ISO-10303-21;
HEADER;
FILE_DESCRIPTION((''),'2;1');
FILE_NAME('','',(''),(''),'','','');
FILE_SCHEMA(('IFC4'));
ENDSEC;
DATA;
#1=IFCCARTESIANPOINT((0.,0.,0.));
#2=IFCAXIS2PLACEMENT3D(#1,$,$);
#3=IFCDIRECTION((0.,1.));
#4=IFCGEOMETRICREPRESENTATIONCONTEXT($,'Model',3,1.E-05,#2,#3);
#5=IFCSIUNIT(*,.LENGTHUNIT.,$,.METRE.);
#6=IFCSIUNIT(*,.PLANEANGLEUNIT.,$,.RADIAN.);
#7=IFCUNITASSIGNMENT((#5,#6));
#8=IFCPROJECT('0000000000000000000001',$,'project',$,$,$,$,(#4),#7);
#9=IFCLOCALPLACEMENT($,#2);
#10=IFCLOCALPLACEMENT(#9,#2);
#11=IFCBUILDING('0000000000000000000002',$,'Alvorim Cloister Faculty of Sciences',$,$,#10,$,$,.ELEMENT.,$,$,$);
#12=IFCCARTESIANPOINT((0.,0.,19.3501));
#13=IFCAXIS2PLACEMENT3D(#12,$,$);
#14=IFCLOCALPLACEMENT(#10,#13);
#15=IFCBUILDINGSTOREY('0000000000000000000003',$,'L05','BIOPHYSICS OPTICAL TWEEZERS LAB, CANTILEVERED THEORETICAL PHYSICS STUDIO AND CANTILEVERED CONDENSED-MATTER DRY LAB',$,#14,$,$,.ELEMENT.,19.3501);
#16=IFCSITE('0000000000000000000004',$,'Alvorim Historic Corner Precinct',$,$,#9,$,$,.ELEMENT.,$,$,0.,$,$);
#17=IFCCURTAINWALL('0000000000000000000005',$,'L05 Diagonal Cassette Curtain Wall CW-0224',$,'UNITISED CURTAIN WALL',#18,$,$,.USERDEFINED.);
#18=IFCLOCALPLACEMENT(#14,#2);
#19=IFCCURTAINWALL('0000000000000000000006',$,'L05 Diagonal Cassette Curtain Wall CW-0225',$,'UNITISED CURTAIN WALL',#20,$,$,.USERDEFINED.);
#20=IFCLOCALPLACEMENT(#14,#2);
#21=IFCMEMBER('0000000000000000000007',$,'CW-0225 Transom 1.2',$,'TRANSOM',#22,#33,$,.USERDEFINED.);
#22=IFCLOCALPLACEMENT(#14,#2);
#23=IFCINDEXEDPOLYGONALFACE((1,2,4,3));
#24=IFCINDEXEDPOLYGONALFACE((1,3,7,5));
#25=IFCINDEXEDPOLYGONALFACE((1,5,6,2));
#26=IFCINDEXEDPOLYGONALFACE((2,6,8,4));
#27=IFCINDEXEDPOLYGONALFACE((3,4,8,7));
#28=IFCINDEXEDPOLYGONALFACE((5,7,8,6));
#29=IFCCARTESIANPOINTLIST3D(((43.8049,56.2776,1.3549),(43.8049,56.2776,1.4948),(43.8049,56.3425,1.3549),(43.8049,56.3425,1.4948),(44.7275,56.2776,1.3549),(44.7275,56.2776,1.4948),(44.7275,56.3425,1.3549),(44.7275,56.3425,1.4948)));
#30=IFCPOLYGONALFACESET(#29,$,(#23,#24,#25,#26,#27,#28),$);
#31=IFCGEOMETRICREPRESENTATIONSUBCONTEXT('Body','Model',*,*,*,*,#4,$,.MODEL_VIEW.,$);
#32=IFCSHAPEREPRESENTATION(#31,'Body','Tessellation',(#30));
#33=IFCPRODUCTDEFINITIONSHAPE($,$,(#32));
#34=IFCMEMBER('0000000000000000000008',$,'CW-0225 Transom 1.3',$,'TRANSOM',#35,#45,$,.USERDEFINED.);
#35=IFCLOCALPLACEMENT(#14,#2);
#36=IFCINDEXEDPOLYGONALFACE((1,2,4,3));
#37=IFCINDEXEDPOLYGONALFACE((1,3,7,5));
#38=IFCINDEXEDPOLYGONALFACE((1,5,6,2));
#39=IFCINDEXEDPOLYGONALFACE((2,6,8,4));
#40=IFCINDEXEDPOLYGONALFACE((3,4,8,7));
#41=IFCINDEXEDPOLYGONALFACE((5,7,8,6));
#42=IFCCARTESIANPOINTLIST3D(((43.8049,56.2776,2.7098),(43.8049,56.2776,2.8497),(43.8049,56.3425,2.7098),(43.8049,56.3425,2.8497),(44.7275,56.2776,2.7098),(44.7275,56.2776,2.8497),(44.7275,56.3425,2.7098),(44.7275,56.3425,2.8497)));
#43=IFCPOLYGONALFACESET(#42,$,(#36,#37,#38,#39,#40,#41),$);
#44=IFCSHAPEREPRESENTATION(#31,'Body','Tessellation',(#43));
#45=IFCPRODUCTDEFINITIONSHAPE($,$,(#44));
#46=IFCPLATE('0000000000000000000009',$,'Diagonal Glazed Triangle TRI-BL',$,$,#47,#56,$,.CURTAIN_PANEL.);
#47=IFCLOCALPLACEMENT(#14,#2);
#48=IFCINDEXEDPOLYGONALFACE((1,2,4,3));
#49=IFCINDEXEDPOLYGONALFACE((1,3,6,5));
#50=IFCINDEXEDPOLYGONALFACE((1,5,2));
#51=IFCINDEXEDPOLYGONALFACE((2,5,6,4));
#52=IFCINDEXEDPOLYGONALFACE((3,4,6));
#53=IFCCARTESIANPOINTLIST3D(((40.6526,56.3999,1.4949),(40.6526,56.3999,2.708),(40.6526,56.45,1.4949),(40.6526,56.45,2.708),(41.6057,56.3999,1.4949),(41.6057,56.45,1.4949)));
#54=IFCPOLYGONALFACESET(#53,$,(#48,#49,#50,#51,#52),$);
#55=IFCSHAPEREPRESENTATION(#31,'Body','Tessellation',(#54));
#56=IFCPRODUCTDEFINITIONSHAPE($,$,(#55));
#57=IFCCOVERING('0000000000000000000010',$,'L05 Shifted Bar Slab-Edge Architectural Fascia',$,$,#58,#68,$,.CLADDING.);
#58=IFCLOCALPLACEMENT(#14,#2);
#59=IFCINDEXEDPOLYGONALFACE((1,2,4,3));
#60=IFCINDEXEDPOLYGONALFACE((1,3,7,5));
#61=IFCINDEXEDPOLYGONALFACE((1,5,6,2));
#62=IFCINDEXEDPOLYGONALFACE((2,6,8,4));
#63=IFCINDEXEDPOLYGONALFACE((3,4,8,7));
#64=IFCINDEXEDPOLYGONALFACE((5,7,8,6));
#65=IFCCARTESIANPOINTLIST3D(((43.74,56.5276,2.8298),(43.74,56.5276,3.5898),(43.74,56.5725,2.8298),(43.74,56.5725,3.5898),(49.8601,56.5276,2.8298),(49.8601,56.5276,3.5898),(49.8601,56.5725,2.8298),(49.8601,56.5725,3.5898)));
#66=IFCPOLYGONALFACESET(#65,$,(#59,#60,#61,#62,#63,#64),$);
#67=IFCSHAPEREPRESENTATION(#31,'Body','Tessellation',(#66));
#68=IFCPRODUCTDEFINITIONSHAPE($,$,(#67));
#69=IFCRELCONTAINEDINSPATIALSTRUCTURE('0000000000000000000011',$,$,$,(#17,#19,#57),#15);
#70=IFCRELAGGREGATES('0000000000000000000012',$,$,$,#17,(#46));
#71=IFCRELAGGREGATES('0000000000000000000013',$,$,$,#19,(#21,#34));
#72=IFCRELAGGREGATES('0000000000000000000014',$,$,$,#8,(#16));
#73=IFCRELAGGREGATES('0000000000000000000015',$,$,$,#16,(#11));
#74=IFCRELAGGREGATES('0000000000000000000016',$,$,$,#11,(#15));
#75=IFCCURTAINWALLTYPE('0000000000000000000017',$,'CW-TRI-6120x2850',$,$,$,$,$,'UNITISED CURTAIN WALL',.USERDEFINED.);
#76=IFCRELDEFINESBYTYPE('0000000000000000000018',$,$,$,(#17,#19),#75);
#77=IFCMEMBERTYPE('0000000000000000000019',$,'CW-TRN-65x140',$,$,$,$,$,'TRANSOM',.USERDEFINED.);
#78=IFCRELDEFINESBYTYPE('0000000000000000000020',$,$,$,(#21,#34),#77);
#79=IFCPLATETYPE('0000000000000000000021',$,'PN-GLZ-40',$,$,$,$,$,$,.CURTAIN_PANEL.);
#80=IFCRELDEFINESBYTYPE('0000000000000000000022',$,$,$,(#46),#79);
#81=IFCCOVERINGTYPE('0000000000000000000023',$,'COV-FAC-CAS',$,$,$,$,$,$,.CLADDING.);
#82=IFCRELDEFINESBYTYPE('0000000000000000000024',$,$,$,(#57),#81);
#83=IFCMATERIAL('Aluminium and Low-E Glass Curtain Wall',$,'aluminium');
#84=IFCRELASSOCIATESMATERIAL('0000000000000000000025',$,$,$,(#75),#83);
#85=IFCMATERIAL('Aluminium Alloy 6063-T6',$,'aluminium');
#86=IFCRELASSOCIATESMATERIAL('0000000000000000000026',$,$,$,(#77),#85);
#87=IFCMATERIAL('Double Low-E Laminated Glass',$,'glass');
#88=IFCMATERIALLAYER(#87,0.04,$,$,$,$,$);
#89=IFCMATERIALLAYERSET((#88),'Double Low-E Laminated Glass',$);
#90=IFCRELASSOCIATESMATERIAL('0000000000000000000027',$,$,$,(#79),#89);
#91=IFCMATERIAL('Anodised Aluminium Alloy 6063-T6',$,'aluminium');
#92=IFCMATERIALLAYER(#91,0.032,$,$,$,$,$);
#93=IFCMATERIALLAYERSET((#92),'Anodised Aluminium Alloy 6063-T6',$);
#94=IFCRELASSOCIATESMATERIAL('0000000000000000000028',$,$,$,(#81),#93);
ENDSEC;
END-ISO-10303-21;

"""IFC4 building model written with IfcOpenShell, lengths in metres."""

from ifc_helpers import new_model, si_unit, direction, frame, origin, origin_2d, place, context, subcontext, project, spatial, polyline, rectangle, outline, extrude, material, layer, layer_set, material_profile, profile_set, type_object, element, aggregate, save


model = new_model("IFC4")

# Units and contexts
model_context = context("Model", 3, precision=1e-05, world=origin(), true_north=direction((0.0, 1.0)))
body_context = subcontext(model_context, "Body", "Model", "MODEL_VIEW")
ifc_project = project(units=[si_unit("LENGTHUNIT", "METRE"), si_unit("PLANEANGLEUNIT", "RADIAN")], contexts=[model_context])

# Site, building, storey
site_placement = place(None, origin())
site = spatial("IfcSite", under=ifc_project, at=site_placement, Name="Alvorim Historic Corner Precinct", CompositionType="ELEMENT", RefElevation=0.0)
building_placement = place(site_placement, origin())
building = spatial("IfcBuilding", under=site, at=building_placement, Name="Alvorim Cloister Faculty of Sciences", CompositionType="ELEMENT")
storey_placement = place(building_placement, frame((0.0, 0.0, 19.3501)))
storey = spatial("IfcBuildingStorey", under=building, at=storey_placement, Name="L05", Description="BIOPHYSICS OPTICAL TWEEZERS LAB, CANTILEVERED THEORETICAL PHYSICS STUDIO AND CANTILEVERED CONDENSED-MATTER DRY LAB", CompositionType="ELEMENT", Elevation=19.3501)

# Curtain walls
ifc_material_1 = material(Name="Aluminium and Low-E Glass Curtain Wall", Category="aluminium")
curtain_wall_type = type_object("IfcCurtainWallType", Name="CW-TRI-6120x2850", ElementType="UNITISED CURTAIN WALL", PredefinedType="USERDEFINED", material=ifc_material_1)
curtain_wall_1_placement = place(storey_placement, origin())
curtain_wall_1 = element("IfcCurtainWall", 1, at=curtain_wall_1_placement, inside=storey, type_object=curtain_wall_type, Name="L05 Diagonal Cassette Curtain Wall CW-0224", ObjectType="UNITISED CURTAIN WALL", PredefinedType="USERDEFINED")
ifc_material_2 = material(Name="Aluminium Alloy 6063-T6", Category="aluminium")
curtain_wall_2_placement = place(storey_placement, origin())
curtain_wall_2 = element("IfcCurtainWall", 2, at=curtain_wall_2_placement, inside=storey, type_object=curtain_wall_type, Name="L05 Diagonal Cassette Curtain Wall CW-0225", ObjectType="UNITISED CURTAIN WALL", PredefinedType="USERDEFINED")

# Members
ifc_material_profile_1 = material_profile(ifc_material_2, rectangle(XDim=0.0649, YDim=0.1399, at=origin_2d()), Name="ALU-TRN-65x140")
ifc_profile_set_1 = profile_set([ifc_material_profile_1], Name="Aluminium Alloy 6063-T6")
member_type_1 = type_object("IfcMemberType", Name="CW-TRN-65x140", ElementType="TRANSOM", PredefinedType="USERDEFINED", material=ifc_profile_set_1)
member_1_placement = place(storey_placement, frame((43.8049, 56.3101, 1.4248), z_axis=(1.0, 0.0, 0.0), x_axis=(0.0, 1.0, 0.0)))
member_1 = element("IfcMember", 3, at=member_1_placement, type_object=member_type_1, Name="CW-0225 Transom 1.2", ObjectType="TRANSOM", PredefinedType="USERDEFINED", context=body_context, shape_type="SweptSolid", body=[
    extrude(rectangle(XDim=0.0649, YDim=0.1399, at=origin_2d()), origin(), (0.0, 0.0, 1.0), 0.9226),
])
member_2_placement = place(storey_placement, frame((43.8049, 56.3101, 2.7798), z_axis=(1.0, 0.0, 0.0), x_axis=(0.0, 1.0, 0.0)))
member_2 = element("IfcMember", 4, at=member_2_placement, type_object=member_type_1, Name="CW-0225 Transom 1.3", ObjectType="TRANSOM", PredefinedType="USERDEFINED", context=body_context, shape_type="SweptSolid", body=[
    extrude(rectangle(XDim=0.0649, YDim=0.1399, at=origin_2d()), origin(), (0.0, 0.0, 1.0), 0.9226),
])

# Plate
ifc_material_3 = material(Name="Double Low-E Laminated Glass", Category="glass")
ifc_layer_1 = layer(ifc_material_3, 0.04)
ifc_layer_set_1 = layer_set([ifc_layer_1], Name="Double Low-E Laminated Glass")
plate_type = type_object("IfcPlateType", Name="PN-GLZ-40", PredefinedType="CURTAIN_PANEL", material=ifc_layer_set_1)
plate_1_placement = place(storey_placement, frame((40.6526, 56.425, 1.4949), z_axis=(0.0, 0.0, 1.0), x_axis=(1.0, 0.0, 0.0)))
plate_1 = element("IfcPlate", 5, at=plate_1_placement, type_object=plate_type, Name="Diagonal Glazed Triangle TRI-BL", PredefinedType="CURTAIN_PANEL", context=body_context, shape_type="SweptSolid", body=[
    extrude(outline(polyline([(0.0, 0.0), (0.9531, 0.0), (0.0, 1.2131), (0.0, 0.0)])), frame((0.0, 0.0249, 0.0), z_axis=(0.0, -1.0, 0.0), x_axis=(1.0, 0.0, 0.0)), (0.0, 0.0, 1.0), 0.05),
])
aggregate(curtain_wall_1, [plate_1])
aggregate(curtain_wall_2, [member_1, member_2])

# Covering
ifc_material_4 = material(Name="Anodised Aluminium Alloy 6063-T6", Category="aluminium")
ifc_layer_2 = layer(ifc_material_4, 0.032)
ifc_layer_set_2 = layer_set([ifc_layer_2], Name="Anodised Aluminium Alloy 6063-T6")
covering_type = type_object("IfcCoveringType", Name="COV-FAC-CAS", PredefinedType="CLADDING", material=ifc_layer_set_2)
covering_placement = place(storey_placement, frame((43.74, 56.55, 2.8298), z_axis=(0.0, 0.0, 1.0), x_axis=(1.0, 0.0, 0.0)))
element("IfcCovering", 6, at=covering_placement, inside=storey, type_object=covering_type, Name="L05 Shifted Bar Slab-Edge Architectural Fascia", PredefinedType="CLADDING", context=body_context, shape_type="SweptSolid", body=[
    extrude(outline(polyline([(0.0, 0.0), (6.1201, 0.0), (6.1201, 0.76), (0.0, 0.76), (0.0, 0.0)])), frame((0.0, 0.0225, 0.0), z_axis=(0.0, -1.0, 0.0), x_axis=(1.0, 0.0, 0.0)), (0.0, 0.0, 1.0), 0.0449),
])

save(model, "model.ifc")
